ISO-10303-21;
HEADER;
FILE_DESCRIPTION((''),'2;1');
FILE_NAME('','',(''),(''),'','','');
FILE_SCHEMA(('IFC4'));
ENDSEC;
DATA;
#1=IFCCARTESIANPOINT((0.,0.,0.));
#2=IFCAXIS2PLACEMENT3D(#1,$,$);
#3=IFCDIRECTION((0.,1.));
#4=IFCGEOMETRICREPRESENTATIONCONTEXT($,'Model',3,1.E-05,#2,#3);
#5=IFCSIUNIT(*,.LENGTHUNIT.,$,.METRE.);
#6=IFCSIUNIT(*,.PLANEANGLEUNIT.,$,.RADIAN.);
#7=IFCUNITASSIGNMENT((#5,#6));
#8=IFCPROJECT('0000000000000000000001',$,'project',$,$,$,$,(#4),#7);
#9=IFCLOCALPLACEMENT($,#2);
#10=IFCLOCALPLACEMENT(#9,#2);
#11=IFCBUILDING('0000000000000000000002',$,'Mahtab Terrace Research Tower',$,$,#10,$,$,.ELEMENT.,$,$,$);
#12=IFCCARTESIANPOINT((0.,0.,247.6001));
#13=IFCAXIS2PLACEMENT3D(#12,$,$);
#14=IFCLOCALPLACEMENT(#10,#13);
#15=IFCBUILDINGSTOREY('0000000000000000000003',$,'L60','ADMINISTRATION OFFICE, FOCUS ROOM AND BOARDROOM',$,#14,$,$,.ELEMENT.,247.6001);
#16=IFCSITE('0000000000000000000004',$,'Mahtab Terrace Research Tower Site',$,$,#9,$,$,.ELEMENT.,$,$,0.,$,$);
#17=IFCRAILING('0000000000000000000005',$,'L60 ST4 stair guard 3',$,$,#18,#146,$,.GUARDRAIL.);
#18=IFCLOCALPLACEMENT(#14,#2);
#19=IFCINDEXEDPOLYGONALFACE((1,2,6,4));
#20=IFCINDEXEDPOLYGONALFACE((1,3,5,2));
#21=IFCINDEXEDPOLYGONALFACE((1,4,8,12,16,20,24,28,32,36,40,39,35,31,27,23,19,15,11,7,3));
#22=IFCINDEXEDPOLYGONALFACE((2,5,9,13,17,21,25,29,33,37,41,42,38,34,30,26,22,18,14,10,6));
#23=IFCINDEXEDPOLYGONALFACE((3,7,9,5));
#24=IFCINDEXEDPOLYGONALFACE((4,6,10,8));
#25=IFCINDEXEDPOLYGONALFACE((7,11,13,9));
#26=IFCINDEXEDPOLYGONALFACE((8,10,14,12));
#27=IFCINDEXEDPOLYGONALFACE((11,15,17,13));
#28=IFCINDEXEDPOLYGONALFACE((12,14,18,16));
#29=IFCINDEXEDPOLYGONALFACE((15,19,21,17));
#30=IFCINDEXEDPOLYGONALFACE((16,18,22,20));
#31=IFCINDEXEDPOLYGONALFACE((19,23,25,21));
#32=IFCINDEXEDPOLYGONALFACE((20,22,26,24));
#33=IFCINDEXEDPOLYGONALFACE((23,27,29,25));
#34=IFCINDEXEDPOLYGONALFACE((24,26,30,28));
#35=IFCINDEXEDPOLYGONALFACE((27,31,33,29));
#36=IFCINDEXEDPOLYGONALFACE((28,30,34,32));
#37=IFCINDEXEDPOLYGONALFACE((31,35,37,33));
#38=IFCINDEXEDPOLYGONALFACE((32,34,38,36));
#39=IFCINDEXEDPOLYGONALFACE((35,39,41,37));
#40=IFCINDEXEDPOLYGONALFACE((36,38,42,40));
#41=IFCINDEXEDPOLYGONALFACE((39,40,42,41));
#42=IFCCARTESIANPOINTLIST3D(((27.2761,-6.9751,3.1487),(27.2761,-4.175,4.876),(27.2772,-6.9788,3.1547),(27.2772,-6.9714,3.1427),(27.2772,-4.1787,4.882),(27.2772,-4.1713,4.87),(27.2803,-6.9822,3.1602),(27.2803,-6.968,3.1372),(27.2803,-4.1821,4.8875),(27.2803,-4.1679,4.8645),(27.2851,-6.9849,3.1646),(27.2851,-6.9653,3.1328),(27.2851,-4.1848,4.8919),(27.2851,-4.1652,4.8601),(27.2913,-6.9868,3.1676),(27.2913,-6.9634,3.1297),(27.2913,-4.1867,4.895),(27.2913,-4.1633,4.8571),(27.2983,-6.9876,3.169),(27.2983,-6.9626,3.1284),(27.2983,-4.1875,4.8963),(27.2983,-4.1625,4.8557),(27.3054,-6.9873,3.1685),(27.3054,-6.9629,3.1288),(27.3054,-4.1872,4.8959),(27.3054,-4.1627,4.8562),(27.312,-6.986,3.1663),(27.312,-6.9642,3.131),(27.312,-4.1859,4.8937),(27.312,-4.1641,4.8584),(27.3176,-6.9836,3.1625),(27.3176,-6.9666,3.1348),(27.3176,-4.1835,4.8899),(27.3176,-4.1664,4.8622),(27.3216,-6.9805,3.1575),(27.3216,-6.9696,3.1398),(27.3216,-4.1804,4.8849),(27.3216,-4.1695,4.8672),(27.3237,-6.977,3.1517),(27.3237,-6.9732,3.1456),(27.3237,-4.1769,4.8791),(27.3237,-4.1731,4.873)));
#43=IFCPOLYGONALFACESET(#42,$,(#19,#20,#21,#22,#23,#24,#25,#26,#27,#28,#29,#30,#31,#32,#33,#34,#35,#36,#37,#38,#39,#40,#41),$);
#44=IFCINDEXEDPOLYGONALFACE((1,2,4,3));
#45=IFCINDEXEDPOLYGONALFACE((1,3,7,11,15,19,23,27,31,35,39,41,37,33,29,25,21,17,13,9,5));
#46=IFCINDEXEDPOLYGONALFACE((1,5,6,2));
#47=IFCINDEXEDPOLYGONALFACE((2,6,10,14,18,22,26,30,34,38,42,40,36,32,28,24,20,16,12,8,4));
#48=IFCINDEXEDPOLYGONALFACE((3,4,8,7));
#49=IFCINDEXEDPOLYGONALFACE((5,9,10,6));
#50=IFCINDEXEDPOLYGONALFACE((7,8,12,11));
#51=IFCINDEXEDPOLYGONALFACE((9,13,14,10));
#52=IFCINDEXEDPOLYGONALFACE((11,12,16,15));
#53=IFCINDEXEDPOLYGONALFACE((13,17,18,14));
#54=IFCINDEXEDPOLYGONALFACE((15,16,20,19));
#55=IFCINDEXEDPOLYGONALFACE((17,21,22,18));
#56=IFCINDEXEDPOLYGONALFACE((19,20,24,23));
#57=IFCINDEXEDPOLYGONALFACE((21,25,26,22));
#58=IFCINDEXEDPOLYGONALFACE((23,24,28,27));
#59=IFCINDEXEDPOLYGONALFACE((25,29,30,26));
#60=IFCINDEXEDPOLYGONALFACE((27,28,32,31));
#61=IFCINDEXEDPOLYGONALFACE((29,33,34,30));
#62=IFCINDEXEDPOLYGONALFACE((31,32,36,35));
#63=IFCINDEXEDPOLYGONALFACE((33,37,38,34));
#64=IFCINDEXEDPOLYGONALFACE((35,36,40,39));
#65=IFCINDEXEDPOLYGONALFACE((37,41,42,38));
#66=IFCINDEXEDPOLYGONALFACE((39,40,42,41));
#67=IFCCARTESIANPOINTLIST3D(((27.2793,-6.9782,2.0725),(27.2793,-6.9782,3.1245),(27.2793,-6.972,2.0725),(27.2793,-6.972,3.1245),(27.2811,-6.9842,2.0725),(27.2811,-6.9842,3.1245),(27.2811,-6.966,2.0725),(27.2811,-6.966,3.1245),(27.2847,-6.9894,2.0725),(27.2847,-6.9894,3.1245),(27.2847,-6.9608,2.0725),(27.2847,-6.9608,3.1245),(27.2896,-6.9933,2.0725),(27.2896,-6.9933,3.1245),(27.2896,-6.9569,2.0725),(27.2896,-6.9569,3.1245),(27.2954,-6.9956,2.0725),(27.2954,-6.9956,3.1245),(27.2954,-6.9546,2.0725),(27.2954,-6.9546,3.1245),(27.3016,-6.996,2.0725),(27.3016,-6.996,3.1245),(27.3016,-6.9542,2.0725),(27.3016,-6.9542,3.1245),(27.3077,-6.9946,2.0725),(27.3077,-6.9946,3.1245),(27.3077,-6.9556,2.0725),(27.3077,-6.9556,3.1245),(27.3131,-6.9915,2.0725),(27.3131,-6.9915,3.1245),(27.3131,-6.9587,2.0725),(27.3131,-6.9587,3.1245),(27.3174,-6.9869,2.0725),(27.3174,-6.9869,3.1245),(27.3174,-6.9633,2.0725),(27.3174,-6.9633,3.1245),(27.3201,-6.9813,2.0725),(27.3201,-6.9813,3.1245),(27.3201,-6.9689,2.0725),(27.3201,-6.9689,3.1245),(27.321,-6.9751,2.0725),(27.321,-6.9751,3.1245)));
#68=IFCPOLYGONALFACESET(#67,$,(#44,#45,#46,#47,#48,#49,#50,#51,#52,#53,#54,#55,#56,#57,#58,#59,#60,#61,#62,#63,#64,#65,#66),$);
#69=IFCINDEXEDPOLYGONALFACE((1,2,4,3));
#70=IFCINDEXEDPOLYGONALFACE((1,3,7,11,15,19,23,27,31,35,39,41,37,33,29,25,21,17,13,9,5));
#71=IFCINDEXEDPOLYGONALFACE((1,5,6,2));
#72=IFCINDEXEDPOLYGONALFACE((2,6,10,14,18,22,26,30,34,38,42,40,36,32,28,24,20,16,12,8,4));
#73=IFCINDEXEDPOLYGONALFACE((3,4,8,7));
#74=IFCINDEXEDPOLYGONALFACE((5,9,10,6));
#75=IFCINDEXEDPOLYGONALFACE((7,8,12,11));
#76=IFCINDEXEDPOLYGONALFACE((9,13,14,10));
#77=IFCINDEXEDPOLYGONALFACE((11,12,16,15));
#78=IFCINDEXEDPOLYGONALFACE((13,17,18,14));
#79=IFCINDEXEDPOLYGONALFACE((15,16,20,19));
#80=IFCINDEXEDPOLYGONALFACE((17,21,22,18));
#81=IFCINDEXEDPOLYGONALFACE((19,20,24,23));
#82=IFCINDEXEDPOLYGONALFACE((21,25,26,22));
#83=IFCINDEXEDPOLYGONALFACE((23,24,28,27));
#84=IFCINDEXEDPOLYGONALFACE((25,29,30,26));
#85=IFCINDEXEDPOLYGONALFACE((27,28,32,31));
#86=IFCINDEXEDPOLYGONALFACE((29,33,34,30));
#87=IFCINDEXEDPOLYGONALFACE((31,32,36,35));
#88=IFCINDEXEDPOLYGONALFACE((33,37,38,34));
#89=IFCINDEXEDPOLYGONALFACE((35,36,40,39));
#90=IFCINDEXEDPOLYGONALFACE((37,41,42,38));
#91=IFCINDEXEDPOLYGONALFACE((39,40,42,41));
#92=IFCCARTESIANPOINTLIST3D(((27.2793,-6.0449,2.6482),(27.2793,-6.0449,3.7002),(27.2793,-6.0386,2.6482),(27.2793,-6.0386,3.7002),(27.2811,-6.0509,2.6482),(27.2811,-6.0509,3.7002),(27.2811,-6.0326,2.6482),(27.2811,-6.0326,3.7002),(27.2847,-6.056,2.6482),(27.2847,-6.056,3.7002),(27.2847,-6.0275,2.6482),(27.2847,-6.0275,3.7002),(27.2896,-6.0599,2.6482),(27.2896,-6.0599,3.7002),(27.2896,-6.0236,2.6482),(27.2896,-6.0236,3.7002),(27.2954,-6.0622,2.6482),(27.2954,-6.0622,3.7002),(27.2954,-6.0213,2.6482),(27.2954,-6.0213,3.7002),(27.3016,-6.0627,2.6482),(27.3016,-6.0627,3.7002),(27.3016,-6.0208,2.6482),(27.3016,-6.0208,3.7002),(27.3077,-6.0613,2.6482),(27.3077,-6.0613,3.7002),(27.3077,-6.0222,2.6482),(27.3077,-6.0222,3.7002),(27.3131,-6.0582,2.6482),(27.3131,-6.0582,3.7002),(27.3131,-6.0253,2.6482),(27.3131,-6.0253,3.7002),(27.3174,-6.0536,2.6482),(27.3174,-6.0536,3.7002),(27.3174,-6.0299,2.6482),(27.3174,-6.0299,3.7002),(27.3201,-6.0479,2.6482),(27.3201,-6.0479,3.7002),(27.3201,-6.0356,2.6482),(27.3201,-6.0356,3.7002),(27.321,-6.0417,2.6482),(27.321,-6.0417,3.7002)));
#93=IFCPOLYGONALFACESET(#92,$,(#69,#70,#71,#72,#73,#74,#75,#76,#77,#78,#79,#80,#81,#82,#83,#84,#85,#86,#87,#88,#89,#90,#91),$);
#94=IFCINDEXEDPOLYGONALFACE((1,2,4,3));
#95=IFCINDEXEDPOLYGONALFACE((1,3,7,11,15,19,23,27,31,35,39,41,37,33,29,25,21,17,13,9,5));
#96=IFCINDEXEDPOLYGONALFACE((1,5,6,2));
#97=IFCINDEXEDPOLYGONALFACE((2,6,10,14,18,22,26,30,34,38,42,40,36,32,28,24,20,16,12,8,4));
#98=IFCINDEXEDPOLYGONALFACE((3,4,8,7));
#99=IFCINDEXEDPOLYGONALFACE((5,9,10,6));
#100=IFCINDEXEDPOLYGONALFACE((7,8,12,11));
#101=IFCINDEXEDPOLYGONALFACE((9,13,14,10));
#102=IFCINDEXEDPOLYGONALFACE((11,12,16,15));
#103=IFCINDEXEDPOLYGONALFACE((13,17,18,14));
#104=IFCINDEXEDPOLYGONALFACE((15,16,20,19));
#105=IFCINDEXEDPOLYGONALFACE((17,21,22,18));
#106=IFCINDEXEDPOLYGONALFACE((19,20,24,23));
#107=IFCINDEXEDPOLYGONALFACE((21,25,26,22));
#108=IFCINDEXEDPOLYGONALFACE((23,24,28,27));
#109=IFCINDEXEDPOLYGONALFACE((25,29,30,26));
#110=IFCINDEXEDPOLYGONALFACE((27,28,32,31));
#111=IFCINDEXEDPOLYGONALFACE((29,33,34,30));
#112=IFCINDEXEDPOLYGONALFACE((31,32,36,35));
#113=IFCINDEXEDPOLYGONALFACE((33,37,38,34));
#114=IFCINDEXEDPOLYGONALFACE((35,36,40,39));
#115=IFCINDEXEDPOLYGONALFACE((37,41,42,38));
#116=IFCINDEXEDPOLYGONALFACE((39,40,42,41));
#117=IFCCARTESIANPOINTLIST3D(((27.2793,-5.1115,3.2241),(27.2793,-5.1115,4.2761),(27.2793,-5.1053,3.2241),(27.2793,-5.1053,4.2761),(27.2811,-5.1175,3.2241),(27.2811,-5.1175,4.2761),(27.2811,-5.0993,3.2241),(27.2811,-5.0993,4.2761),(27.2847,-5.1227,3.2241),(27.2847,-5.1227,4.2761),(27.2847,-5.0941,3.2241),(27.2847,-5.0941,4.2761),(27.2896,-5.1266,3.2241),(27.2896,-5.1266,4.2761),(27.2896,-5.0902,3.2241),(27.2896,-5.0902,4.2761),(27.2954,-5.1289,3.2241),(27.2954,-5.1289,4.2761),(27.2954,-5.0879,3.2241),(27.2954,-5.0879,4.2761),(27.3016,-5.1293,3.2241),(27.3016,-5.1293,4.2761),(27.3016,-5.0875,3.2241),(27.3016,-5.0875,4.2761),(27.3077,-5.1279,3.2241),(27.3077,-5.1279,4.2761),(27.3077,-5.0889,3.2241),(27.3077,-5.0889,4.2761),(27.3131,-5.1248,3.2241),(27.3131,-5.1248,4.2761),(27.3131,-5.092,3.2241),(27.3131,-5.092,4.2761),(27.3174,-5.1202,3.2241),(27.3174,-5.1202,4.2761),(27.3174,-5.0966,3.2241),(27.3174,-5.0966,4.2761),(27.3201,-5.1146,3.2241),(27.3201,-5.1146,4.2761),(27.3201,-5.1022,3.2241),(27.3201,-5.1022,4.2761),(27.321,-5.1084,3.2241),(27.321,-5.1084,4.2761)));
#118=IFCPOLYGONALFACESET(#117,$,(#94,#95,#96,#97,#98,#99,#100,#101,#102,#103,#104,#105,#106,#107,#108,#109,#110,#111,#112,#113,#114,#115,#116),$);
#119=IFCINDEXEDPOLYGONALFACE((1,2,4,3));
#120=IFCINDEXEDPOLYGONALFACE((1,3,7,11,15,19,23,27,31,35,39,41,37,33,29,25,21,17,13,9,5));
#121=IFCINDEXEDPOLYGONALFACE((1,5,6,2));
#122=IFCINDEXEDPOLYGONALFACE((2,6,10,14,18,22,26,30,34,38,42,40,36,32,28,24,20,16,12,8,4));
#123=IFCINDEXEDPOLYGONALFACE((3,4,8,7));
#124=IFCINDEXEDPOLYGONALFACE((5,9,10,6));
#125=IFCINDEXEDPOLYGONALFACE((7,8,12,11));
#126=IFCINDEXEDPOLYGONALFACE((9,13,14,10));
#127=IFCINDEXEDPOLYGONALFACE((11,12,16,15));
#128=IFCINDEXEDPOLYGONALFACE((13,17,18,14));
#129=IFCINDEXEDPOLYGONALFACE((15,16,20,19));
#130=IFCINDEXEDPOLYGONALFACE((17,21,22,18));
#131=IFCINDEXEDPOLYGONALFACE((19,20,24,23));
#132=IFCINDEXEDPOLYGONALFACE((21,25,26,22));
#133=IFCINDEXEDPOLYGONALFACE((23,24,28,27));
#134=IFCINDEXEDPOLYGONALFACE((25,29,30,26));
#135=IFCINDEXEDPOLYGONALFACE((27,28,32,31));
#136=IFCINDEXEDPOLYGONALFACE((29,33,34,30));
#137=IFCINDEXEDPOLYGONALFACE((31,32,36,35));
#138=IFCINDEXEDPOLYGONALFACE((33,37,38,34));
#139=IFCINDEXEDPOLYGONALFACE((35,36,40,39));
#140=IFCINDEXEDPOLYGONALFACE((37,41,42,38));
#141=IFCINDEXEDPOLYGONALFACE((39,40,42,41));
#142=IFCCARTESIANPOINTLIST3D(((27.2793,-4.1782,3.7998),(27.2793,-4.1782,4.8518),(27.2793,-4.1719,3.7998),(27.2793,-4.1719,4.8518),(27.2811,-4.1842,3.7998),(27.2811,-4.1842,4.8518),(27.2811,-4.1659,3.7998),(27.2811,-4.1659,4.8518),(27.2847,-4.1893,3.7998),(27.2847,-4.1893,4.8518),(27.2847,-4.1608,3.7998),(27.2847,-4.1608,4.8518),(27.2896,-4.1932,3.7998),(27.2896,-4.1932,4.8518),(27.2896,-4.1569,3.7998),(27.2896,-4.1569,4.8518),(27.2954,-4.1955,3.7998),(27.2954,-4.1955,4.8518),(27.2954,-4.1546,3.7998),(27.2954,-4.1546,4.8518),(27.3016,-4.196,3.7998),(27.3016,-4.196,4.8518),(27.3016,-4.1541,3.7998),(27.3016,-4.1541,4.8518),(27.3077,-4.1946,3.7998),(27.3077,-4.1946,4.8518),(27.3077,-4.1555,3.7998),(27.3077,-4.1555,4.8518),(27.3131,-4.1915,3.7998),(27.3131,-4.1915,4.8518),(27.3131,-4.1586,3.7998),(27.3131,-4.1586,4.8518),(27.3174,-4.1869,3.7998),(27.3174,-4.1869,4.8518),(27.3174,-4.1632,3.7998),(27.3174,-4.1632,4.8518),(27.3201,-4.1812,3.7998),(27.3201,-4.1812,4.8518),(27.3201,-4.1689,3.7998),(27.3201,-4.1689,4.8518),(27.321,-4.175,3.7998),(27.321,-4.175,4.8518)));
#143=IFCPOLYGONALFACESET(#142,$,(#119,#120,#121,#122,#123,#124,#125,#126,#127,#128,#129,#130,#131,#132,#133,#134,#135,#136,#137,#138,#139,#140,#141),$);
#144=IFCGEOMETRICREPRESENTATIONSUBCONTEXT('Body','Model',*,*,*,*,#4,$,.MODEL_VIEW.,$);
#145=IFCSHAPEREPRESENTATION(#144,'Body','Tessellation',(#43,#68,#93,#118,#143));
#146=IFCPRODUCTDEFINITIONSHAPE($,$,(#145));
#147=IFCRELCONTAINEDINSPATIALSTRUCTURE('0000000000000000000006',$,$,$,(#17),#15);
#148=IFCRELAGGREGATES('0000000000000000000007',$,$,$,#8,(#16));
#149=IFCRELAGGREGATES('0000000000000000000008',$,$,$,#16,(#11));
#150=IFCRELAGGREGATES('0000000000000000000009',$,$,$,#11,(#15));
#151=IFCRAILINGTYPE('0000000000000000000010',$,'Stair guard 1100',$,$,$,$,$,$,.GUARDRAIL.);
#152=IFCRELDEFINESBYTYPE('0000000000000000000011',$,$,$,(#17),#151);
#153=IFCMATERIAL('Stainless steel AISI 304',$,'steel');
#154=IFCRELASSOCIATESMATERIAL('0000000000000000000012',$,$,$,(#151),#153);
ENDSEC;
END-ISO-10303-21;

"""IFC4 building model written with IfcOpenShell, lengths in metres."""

from ifc_helpers import new_model, si_unit, direction, frame, origin, origin_2d, place, context, subcontext, project, spatial, circle, extrude, material, type_object, element, save


model = new_model("IFC4")

# Units and contexts
model_context = context("Model", 3, precision=1e-05, world=origin(), true_north=direction((0.0, 1.0)))
body_context = subcontext(model_context, "Body", "Model", "MODEL_VIEW")
ifc_project = project(units=[si_unit("LENGTHUNIT", "METRE"), si_unit("PLANEANGLEUNIT", "RADIAN")], contexts=[model_context])

# Site, building, storey
site_placement = place(None, origin())
site = spatial("IfcSite", under=ifc_project, at=site_placement, Name="Mahtab Terrace Research Tower Site", CompositionType="ELEMENT", RefElevation=0.0)
building_placement = place(site_placement, origin())
building = spatial("IfcBuilding", under=site, at=building_placement, Name="Mahtab Terrace Research Tower", CompositionType="ELEMENT")
storey_placement = place(building_placement, frame((0.0, 0.0, 247.6001)))
storey = spatial("IfcBuildingStorey", under=building, at=storey_placement, Name="L60", Description="ADMINISTRATION OFFICE, FOCUS ROOM AND BOARDROOM", CompositionType="ELEMENT", Elevation=247.6001)

# Shared definitions
ifc_material_1 = material(Name="Stainless steel AISI 304", Category="steel")

# Railing
railing_type_1 = type_object("IfcRailingType", Name="Stair guard 1100", PredefinedType="GUARDRAIL", material=ifc_material_1)
railing_1_placement = place(storey_placement, frame((27.3, -6.9751, 2.0725)))
element("IfcRailing", 1, at=railing_1_placement, inside=storey, type_object=railing_type_1, Name="L60 ST4 stair guard 3", PredefinedType="GUARDRAIL", context=body_context, shape_type="SweptSolid", body=[
    extrude(circle(Radius=0.0239, at=origin_2d()), frame((0.0, 0.0, 1.0762), z_axis=(0.0, 0.85109, 0.52502), x_axis=(-1.0, 0.0, 0.0)), (0.0, 0.0, 1.0), 3.29),
    extrude(circle(Radius=0.021, at=origin_2d()), origin(), (0.0, 0.0, 1.0), 1.052),
    extrude(circle(Radius=0.021, at=origin_2d()), frame((0.0, 0.9333, 0.5757)), (0.0, 0.0, 1.0), 1.052),
    extrude(circle(Radius=0.021, at=origin_2d()), frame((0.0, 1.8667, 1.1516)), (0.0, 0.0, 1.0), 1.052),
    extrude(circle(Radius=0.021, at=origin_2d()), frame((0.0, 2.8, 1.7273)), (0.0, 0.0, 1.0), 1.052),
])

save(model, "model.ifc")
